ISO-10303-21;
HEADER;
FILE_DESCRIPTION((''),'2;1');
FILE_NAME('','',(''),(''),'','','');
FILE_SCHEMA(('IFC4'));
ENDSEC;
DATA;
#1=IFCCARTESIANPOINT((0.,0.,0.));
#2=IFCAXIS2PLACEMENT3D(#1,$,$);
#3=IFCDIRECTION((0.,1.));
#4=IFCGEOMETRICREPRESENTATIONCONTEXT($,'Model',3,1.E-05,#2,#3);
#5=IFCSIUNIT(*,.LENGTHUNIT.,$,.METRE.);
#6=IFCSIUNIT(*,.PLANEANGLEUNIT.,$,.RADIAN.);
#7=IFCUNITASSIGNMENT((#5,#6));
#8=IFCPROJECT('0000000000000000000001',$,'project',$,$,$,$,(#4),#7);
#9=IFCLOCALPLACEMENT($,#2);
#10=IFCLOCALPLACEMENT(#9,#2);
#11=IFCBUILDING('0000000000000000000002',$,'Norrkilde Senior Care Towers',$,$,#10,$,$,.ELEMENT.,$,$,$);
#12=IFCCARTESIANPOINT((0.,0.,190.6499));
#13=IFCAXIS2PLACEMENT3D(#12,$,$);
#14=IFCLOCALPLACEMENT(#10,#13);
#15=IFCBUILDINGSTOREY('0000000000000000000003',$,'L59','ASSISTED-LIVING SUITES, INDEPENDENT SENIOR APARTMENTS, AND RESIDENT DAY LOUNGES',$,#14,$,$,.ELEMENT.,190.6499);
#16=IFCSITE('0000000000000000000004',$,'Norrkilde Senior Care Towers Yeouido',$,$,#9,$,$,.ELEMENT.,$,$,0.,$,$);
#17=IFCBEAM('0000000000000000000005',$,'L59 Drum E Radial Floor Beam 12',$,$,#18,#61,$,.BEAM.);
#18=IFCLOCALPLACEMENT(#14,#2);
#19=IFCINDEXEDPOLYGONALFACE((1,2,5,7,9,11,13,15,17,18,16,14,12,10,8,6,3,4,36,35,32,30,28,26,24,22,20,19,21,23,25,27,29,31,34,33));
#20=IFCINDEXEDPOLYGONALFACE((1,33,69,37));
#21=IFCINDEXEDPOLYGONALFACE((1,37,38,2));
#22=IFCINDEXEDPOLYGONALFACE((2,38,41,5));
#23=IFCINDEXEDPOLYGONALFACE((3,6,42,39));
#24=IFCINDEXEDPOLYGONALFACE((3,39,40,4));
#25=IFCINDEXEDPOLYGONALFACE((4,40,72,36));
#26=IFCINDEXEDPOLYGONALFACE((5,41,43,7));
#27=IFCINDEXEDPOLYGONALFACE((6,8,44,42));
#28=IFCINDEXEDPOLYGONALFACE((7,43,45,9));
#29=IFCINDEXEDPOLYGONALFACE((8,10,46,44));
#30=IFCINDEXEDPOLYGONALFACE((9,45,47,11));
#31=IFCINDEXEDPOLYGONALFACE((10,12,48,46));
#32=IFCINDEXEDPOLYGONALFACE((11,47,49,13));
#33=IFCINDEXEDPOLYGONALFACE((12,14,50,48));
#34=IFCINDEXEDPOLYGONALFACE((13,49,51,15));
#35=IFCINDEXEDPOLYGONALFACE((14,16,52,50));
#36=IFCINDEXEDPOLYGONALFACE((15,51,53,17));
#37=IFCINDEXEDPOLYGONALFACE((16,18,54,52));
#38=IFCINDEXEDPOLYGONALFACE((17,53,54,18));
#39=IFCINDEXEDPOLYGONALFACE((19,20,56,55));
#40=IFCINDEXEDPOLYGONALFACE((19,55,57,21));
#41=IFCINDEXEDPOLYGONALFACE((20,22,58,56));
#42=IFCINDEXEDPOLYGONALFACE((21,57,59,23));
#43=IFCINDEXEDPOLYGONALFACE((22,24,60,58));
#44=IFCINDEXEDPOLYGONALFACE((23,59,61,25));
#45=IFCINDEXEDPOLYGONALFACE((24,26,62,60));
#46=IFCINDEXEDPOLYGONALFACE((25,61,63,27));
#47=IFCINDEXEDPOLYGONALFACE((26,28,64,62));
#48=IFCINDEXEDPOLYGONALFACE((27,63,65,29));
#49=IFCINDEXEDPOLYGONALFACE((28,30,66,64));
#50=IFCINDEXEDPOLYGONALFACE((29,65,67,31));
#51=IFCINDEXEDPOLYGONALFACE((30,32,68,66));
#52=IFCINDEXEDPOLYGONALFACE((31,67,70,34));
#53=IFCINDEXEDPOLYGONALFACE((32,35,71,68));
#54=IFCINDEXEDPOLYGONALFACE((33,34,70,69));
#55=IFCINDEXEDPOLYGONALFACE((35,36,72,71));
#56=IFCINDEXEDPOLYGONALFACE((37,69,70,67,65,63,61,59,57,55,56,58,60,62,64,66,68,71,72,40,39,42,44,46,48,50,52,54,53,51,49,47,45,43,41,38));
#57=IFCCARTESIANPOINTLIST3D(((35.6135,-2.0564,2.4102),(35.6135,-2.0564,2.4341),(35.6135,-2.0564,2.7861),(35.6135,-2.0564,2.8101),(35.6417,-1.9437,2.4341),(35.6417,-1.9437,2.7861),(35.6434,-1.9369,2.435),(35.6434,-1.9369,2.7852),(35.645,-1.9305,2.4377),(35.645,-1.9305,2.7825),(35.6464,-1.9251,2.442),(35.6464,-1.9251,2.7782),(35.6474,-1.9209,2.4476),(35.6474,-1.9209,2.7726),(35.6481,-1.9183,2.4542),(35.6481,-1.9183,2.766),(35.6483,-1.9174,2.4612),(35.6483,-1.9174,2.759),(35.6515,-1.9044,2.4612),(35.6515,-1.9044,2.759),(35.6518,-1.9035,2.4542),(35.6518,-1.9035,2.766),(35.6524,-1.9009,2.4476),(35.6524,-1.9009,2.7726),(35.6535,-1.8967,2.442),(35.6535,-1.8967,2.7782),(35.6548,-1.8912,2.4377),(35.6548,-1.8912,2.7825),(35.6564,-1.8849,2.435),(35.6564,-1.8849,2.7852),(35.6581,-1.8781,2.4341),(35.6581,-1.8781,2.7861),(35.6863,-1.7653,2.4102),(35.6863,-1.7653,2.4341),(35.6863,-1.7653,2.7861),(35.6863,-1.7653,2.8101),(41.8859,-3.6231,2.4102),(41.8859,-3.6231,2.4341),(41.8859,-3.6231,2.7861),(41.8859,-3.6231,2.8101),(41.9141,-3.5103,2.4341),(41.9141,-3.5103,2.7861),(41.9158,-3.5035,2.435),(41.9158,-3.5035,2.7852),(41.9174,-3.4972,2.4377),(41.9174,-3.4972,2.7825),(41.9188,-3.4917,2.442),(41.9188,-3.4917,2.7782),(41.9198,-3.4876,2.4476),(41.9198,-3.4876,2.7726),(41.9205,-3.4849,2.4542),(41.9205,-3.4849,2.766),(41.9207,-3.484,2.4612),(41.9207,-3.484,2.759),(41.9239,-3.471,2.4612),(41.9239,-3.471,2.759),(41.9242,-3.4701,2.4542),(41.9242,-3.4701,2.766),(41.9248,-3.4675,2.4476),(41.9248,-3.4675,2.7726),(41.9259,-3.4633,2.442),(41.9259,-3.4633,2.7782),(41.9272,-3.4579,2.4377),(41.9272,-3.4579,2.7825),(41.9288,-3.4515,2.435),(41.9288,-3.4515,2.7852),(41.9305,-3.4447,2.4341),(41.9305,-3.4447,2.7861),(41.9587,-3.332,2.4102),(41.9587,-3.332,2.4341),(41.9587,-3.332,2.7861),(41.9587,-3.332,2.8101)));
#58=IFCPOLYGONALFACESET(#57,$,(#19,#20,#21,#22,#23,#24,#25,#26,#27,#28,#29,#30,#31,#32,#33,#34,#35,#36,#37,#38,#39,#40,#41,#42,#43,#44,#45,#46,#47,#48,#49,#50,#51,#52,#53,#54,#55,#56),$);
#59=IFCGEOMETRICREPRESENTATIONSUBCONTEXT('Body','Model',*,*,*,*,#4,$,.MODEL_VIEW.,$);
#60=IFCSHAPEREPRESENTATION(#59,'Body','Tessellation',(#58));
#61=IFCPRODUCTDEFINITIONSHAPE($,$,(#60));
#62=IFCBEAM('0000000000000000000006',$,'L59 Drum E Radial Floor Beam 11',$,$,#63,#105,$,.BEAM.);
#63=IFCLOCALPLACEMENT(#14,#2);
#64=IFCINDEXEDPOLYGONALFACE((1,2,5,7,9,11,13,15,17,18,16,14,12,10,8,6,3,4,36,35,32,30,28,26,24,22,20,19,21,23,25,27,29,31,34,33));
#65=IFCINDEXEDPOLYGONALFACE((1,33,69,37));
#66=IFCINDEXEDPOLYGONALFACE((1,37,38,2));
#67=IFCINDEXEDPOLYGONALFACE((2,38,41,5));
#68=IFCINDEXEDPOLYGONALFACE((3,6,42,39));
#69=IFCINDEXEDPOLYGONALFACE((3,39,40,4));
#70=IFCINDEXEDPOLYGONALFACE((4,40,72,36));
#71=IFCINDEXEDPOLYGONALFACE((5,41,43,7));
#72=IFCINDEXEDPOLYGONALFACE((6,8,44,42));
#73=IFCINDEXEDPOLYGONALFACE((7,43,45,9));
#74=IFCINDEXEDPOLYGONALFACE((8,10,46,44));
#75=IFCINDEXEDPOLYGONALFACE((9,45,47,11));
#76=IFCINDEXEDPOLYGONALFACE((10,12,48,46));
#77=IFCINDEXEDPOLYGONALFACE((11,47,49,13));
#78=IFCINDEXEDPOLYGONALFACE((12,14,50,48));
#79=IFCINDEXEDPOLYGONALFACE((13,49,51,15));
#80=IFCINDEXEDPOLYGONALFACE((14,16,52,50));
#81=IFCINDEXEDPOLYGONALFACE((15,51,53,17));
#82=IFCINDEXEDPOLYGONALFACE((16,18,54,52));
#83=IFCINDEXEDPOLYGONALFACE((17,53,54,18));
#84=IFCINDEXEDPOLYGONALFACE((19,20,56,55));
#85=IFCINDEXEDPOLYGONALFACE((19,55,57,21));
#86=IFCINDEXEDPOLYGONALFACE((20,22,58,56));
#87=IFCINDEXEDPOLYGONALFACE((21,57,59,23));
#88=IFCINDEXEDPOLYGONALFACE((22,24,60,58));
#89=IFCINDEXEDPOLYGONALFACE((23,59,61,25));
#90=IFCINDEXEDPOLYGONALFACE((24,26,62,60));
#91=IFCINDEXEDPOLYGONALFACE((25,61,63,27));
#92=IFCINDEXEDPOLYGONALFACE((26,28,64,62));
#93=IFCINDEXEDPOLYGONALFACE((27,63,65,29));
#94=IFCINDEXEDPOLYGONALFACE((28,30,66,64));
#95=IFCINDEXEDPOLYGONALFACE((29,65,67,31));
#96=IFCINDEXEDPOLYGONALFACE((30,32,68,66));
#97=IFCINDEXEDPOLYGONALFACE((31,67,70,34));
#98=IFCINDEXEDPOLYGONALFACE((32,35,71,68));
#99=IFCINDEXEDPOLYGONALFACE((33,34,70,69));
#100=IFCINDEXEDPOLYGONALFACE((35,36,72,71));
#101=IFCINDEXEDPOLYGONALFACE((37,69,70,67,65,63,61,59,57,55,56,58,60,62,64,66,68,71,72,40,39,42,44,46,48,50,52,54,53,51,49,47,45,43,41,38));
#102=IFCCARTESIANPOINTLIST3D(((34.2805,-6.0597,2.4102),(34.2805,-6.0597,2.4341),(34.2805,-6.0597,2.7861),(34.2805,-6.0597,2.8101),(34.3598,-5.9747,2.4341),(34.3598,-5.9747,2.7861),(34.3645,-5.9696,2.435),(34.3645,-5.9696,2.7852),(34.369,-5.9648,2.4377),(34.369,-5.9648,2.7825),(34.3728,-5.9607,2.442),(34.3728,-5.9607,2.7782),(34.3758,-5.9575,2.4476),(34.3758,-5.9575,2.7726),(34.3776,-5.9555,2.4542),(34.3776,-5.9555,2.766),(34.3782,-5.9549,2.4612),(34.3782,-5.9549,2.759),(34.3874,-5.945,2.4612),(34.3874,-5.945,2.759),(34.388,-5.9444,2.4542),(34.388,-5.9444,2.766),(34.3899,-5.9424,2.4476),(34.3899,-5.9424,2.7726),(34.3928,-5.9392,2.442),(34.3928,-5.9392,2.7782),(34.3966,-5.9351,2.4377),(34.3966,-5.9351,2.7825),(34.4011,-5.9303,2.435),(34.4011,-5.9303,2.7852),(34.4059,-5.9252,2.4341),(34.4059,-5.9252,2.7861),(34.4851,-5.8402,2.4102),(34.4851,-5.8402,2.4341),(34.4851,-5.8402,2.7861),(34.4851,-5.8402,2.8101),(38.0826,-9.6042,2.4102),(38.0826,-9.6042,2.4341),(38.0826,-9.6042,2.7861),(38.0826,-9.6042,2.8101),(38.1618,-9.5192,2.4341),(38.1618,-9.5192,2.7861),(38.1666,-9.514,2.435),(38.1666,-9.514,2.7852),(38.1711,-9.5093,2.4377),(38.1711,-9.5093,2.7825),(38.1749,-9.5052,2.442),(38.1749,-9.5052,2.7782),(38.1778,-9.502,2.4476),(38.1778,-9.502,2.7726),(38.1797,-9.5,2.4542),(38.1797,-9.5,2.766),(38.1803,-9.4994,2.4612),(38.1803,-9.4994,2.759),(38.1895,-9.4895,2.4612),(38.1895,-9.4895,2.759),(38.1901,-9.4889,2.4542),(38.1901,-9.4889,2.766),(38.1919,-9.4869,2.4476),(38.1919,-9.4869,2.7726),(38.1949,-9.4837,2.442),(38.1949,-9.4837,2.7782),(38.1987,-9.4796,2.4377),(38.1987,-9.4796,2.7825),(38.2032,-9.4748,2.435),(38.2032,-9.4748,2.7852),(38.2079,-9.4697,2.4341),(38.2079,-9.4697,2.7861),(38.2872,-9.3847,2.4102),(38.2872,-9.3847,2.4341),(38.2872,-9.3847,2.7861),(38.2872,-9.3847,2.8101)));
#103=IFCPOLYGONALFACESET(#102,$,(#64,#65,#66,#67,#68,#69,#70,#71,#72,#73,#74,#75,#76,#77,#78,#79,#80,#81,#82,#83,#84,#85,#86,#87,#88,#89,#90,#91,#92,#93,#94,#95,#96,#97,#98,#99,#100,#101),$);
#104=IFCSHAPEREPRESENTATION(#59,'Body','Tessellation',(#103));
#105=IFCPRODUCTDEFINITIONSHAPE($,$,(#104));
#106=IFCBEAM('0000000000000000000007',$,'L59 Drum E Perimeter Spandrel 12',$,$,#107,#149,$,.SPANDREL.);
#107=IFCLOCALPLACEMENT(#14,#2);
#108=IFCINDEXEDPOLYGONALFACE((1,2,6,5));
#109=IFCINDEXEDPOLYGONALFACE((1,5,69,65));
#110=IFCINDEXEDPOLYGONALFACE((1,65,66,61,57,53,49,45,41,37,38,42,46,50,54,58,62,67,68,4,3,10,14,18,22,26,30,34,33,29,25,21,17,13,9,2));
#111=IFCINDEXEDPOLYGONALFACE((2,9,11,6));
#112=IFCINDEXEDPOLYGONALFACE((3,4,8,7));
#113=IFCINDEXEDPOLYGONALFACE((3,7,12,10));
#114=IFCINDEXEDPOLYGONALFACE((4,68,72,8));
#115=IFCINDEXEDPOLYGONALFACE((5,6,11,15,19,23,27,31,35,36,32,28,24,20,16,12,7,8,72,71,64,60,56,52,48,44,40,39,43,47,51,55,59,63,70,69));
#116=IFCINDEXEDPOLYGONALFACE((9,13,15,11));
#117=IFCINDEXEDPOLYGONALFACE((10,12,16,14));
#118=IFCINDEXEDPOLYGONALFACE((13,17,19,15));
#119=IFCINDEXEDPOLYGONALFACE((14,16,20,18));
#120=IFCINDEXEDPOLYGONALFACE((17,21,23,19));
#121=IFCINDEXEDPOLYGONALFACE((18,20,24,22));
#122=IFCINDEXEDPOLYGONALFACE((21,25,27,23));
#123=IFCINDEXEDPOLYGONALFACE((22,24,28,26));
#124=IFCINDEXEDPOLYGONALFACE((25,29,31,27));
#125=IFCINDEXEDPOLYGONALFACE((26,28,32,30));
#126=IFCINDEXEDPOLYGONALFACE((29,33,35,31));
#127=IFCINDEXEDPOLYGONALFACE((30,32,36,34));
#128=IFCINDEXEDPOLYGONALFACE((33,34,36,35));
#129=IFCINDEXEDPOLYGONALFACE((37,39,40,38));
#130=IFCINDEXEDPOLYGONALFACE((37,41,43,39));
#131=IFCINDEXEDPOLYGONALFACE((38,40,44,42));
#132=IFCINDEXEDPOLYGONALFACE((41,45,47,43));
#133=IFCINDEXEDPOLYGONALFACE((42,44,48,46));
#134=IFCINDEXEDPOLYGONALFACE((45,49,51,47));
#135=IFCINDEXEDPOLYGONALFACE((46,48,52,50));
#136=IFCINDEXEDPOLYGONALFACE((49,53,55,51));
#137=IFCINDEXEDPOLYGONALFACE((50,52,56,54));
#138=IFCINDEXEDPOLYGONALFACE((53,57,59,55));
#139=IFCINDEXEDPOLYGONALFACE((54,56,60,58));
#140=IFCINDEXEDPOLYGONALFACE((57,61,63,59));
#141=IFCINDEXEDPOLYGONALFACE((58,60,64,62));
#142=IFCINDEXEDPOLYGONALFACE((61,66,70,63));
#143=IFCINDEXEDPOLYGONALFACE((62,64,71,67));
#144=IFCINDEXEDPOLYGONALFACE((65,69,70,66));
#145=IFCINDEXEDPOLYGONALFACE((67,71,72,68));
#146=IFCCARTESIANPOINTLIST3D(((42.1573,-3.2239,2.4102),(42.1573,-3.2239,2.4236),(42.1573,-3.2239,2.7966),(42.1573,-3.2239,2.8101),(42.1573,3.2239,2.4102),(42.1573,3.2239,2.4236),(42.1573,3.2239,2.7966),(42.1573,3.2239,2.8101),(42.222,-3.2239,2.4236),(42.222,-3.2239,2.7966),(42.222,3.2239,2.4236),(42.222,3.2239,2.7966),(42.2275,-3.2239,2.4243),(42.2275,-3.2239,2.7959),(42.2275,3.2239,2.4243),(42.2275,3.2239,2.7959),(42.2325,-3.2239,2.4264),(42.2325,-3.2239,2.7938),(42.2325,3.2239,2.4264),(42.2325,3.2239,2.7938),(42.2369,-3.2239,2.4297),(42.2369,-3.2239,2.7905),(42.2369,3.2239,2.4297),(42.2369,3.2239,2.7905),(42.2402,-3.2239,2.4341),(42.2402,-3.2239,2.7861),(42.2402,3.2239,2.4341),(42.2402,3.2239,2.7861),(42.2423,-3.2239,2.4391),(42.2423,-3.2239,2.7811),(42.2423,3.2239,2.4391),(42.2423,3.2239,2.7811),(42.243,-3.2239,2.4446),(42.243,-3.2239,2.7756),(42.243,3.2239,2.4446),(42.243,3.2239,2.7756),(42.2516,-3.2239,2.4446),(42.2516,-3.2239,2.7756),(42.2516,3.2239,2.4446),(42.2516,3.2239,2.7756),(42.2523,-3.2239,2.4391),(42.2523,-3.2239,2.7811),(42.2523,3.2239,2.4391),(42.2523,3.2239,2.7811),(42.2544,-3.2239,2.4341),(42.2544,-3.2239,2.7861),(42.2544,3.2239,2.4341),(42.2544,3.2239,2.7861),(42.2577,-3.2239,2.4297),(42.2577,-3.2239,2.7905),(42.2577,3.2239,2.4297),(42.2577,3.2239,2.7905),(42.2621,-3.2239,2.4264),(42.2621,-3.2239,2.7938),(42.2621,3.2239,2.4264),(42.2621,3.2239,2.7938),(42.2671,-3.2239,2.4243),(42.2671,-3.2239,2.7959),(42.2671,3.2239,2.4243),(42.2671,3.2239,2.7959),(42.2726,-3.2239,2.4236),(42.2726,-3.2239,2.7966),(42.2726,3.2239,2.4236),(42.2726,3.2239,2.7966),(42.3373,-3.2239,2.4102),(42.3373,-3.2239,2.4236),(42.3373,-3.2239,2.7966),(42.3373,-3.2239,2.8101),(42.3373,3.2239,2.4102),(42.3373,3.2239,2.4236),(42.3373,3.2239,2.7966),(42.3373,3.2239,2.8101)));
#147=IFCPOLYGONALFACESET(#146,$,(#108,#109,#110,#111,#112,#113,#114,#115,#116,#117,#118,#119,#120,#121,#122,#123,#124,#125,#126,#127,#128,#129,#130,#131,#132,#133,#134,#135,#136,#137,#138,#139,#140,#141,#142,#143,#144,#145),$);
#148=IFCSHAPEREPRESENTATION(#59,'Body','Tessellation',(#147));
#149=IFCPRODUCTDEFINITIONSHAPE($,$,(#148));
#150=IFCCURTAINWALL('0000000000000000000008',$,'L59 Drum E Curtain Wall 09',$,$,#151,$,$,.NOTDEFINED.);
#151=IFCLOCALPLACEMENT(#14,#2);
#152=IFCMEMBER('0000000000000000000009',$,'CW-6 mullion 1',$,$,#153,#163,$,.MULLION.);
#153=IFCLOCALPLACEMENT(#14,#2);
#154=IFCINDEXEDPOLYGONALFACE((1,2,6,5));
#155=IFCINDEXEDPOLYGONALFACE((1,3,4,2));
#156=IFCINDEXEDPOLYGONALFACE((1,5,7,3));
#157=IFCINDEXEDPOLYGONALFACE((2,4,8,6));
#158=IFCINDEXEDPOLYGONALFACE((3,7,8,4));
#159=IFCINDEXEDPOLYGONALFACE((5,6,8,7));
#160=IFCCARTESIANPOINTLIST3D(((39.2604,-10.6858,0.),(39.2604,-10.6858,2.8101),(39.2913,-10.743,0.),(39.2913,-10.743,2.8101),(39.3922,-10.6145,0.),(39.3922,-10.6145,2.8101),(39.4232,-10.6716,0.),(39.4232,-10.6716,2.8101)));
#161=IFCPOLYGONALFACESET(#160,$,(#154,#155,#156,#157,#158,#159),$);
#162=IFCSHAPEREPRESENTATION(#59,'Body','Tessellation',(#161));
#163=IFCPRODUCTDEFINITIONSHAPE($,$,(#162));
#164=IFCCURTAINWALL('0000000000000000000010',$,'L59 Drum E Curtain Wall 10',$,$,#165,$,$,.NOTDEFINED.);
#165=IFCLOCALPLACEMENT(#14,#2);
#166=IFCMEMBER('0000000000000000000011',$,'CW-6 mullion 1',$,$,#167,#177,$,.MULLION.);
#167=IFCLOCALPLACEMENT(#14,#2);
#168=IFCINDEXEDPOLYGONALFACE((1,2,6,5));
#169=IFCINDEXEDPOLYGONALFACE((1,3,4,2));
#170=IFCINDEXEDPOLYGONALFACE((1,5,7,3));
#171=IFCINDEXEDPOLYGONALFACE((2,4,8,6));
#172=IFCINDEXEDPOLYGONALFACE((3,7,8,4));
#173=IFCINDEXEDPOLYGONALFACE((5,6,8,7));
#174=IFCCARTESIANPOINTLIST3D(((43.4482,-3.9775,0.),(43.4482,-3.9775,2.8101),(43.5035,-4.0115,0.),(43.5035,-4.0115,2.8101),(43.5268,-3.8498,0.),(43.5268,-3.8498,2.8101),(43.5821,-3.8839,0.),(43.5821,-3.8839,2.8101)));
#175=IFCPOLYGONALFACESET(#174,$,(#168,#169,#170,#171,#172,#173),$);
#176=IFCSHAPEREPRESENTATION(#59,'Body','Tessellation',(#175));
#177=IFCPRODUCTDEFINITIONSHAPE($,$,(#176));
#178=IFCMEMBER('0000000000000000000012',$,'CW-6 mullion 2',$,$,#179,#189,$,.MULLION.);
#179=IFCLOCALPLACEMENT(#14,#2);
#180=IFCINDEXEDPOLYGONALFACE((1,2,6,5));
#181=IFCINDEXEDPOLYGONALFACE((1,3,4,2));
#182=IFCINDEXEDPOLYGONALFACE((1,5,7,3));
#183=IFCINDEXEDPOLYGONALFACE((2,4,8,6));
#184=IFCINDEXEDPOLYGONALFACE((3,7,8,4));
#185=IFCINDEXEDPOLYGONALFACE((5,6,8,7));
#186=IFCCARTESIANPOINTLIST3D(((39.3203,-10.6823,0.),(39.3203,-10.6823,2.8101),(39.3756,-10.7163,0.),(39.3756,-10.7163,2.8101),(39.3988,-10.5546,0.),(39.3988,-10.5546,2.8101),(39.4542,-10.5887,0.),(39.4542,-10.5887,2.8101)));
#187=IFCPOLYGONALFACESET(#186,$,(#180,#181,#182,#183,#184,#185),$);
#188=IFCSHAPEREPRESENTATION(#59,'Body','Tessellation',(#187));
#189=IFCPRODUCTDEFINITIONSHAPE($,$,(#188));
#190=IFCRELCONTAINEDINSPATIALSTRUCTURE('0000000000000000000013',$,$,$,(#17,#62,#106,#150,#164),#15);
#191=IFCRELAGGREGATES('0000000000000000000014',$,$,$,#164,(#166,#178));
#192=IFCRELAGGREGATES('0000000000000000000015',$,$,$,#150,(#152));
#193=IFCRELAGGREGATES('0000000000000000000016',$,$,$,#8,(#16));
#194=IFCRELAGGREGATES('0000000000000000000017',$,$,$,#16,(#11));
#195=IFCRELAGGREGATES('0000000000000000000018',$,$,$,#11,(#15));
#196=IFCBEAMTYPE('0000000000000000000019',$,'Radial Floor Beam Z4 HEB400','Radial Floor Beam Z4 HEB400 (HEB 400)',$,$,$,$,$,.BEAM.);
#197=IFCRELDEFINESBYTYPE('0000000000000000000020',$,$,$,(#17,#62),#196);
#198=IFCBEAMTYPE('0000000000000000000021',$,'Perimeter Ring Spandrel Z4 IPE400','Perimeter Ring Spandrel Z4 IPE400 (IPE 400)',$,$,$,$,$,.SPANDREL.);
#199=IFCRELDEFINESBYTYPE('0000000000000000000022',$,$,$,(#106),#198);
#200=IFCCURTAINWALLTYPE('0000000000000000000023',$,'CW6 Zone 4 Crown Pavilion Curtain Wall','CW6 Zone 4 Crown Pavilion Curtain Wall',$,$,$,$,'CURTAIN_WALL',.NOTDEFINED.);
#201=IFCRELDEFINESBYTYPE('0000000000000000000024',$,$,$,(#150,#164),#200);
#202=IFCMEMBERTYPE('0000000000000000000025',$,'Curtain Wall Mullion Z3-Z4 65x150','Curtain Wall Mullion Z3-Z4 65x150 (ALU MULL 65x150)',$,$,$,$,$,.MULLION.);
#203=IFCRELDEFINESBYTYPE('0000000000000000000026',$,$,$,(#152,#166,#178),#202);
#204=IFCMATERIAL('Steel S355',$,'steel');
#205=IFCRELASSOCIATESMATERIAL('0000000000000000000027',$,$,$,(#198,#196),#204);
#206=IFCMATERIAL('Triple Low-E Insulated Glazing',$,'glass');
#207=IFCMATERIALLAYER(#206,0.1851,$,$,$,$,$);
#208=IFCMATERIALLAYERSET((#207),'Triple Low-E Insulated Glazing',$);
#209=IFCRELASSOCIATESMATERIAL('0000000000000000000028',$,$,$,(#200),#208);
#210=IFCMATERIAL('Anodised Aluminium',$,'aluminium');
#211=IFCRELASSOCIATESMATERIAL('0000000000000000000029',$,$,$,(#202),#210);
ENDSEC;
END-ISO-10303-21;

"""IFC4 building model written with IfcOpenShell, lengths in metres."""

from ifc_helpers import new_model, si_unit, direction, frame, origin, origin_2d, place, context, subcontext, project, spatial, rectangle, i_section, extrude, source, transform, mapped, material, layer, layer_set, material_profile, profile_set, type_object, type_shapes, element, aggregate, save


model = new_model("IFC4")

# Units and contexts
model_context = context("Model", 3, precision=1e-05, world=origin(), true_north=direction((0.0, 1.0)))
body_context = subcontext(model_context, "Body", "Model", "MODEL_VIEW")
ifc_project = project(units=[si_unit("LENGTHUNIT", "METRE"), si_unit("PLANEANGLEUNIT", "RADIAN")], contexts=[model_context])

# Site, building, storey
site_placement = place(None, origin())
site = spatial("IfcSite", under=ifc_project, at=site_placement, Name="Norrkilde Senior Care Towers Yeouido", CompositionType="ELEMENT", RefElevation=0.0)
building_placement = place(site_placement, origin())
building = spatial("IfcBuilding", under=site, at=building_placement, Name="Norrkilde Senior Care Towers", CompositionType="ELEMENT")
storey_placement = place(building_placement, frame((0.0, 0.0, 190.6499)))
storey = spatial("IfcBuildingStorey", under=building, at=storey_placement, Name="L59", Description="ASSISTED-LIVING SUITES, INDEPENDENT SENIOR APARTMENTS, AND RESIDENT DAY LOUNGES", CompositionType="ELEMENT", Elevation=190.6499)

# Beams
ifc_material_1 = material(Name="Steel S355", Category="steel")
ifc_material_profile_1 = material_profile(ifc_material_1, i_section(OverallWidth=0.1799, OverallDepth=0.3999, WebThickness=0.0085, FlangeThickness=0.0134, FilletRadius=0.021, at=origin_2d()), Name="IPE 400")
ifc_profile_set_1 = profile_set([ifc_material_profile_1], Name="Steel S355")
beam_type_1 = type_object("IfcBeamType", Name="Perimeter Ring Spandrel Z4 IPE400", Description="Perimeter Ring Spandrel Z4 IPE400 (IPE 400)", PredefinedType="SPANDREL", material=ifc_profile_set_1)
ifc_material_profile_2 = material_profile(ifc_material_1, i_section(OverallWidth=0.3, OverallDepth=0.3999, WebThickness=0.0134, FlangeThickness=0.0239, FilletRadius=0.0271, at=origin_2d()), Name="HEB 400")
ifc_profile_set_2 = profile_set([ifc_material_profile_2], Name="Steel S355")
beam_type_2 = type_object("IfcBeamType", Name="Radial Floor Beam Z4 HEB400", Description="Radial Floor Beam Z4 HEB400 (HEB 400)", PredefinedType="BEAM", material=ifc_profile_set_2)
shared_shape_1 = source(origin(), body_context, "Body", "SweptSolid", [
    extrude(i_section(OverallWidth=0.3, OverallDepth=0.3999, WebThickness=0.0134, FlangeThickness=0.0239, FilletRadius=0.0271, at=origin_2d()), origin(), (0.0, 0.0, 1.0), 6.4651),
])
beam_1_placement = place(storey_placement, frame((35.6499, -1.9109, 2.6101), z_axis=(0.970196, -0.242322, 0.0), x_axis=(0.242322, 0.970196, 0.0)))
element("IfcBeam", 1, at=beam_1_placement, inside=storey, type_object=beam_type_2, Name="L59 Drum E Radial Floor Beam 12", PredefinedType="BEAM", context=body_context, shape_type="MappedRepresentation", body=[
    mapped(shared_shape_1, transform((0.0, 0.0, 0.0), x_axis=(1.0, 0.0, 0.0), y_axis=(0.0, 1.0, 0.0), z_axis=(0.0, 0.0, 1.0), scale=1.0)),
])
shared_shape_2 = source(origin(), body_context, "Body", "SweptSolid", [
    extrude(i_section(OverallWidth=0.3, OverallDepth=0.3999, WebThickness=0.0134, FlangeThickness=0.0239, FilletRadius=0.0271, at=origin_2d()), origin(), (0.0, 0.0, 1.0), 5.198),
])
type_shapes(beam_type_2, [shared_shape_1, shared_shape_2])
beam_2_placement = place(storey_placement, frame((34.3828, -5.95, 2.6101), z_axis=(0.731449, -0.681896, 0.0), x_axis=(0.681896, 0.731449, 0.0)))
element("IfcBeam", 2, at=beam_2_placement, inside=storey, type_object=beam_type_2, Name="L59 Drum E Radial Floor Beam 11", PredefinedType="BEAM", context=body_context, shape_type="MappedRepresentation", body=[
    mapped(shared_shape_2, transform((0.0, 0.0, 0.0), x_axis=(1.0, 0.0, 0.0), y_axis=(0.0, 1.0, 0.0), z_axis=(0.0, 0.0, 1.0), scale=1.0)),
])
shared_shape_3 = source(origin(), body_context, "Body", "SweptSolid", [
    extrude(i_section(OverallWidth=0.1799, OverallDepth=0.3999, WebThickness=0.0085, FlangeThickness=0.0134, FilletRadius=0.021, at=origin_2d()), origin(), (0.0, 0.0, 1.0), 6.4478),
])
beam_3_placement = place(storey_placement, frame((42.2473, -3.2239, 2.6101), z_axis=(0.0, 1.0, 0.0), x_axis=(-1.0, 0.0, 0.0)))
element("IfcBeam", 3, at=beam_3_placement, inside=storey, type_object=beam_type_1, Name="L59 Drum E Perimeter Spandrel 12", PredefinedType="SPANDREL", context=body_context, shape_type="MappedRepresentation", body=[
    mapped(shared_shape_3, transform((0.0, 0.0, 0.0), x_axis=(1.0, 0.0, 0.0), y_axis=(0.0, 1.0, 0.0), z_axis=(0.0, 0.0, 1.0), scale=1.0)),
])

# Curtain wall, member
ifc_material_2 = material(Name="Triple Low-E Insulated Glazing", Category="glass")
ifc_layer_1 = layer(ifc_material_2, 0.1851)
ifc_layer_set_1 = layer_set([ifc_layer_1], Name="Triple Low-E Insulated Glazing")
curtain_wall_type = type_object("IfcCurtainWallType", Name="CW6 Zone 4 Crown Pavilion Curtain Wall", Description="CW6 Zone 4 Crown Pavilion Curtain Wall", ElementType="CURTAIN_WALL", PredefinedType="NOTDEFINED", material=ifc_layer_set_1)
curtain_wall_1_placement = place(storey_placement, origin())
curtain_wall_1 = element("IfcCurtainWall", 4, at=curtain_wall_1_placement, inside=storey, type_object=curtain_wall_type, Name="L59 Drum E Curtain Wall 09", PredefinedType="NOTDEFINED")
ifc_material_3 = material(Name="Anodised Aluminium", Category="aluminium")
ifc_material_profile_3 = material_profile(ifc_material_3, rectangle(XDim=0.0649, YDim=0.1499, at=origin_2d()), Name="ALU MULL 65x150")
ifc_profile_set_3 = profile_set([ifc_material_profile_3], Name="Anodised Aluminium")
member_type_1 = type_object("IfcMemberType", Name="Curtain Wall Mullion Z3-Z4 65x150", Description="Curtain Wall Mullion Z3-Z4 65x150 (ALU MULL 65x150)", PredefinedType="MULLION", material=ifc_profile_set_3)
shared_shape_4 = source(origin(), body_context, "Body", "SweptSolid", [
    extrude(rectangle(XDim=0.0649, YDim=0.1499, at=origin_2d()), origin(), (0.0, 0.0, 1.0), 2.8101),
])
type_shapes(member_type_1, [shared_shape_4])
member_1_placement = place(storey_placement, frame((39.3418, -10.6787, 0.0), z_axis=(0.0, 0.0, 1.0), x_axis=(0.476133, -0.879373, 0.0)))
member_1 = element("IfcMember", 5, at=member_1_placement, type_object=member_type_1, Name="CW-6 mullion 1", PredefinedType="MULLION", context=body_context, shape_type="MappedRepresentation", body=[
    mapped(shared_shape_4, transform((0.0, 0.0, 0.0), x_axis=(1.0, 0.0, 0.0), y_axis=(0.0, 1.0, 0.0), z_axis=(0.0, 0.0, 1.0), scale=1.0)),
])

# Curtain wall, members
curtain_wall_2_placement = place(storey_placement, origin())
curtain_wall_2 = element("IfcCurtainWall", 6, at=curtain_wall_2_placement, inside=storey, type_object=curtain_wall_type, Name="L59 Drum E Curtain Wall 10", PredefinedType="NOTDEFINED")
member_2_placement = place(storey_placement, frame((43.5151, -3.9307, 0.0), z_axis=(0.0, 0.0, 1.0), x_axis=(0.851563, -0.524253, 0.0)))
member_2 = element("IfcMember", 7, at=member_2_placement, type_object=member_type_1, Name="CW-6 mullion 1", PredefinedType="MULLION", context=body_context, shape_type="MappedRepresentation", body=[
    mapped(shared_shape_4, transform((0.0, 0.0, 0.0), x_axis=(1.0, 0.0, 0.0), y_axis=(0.0, 1.0, 0.0), z_axis=(0.0, 0.0, 1.0), scale=1.0)),
])
member_3_placement = place(storey_placement, frame((39.3872, -10.6355, 0.0), z_axis=(0.0, 0.0, 1.0), x_axis=(0.851563, -0.524253, 0.0)))
member_3 = element("IfcMember", 8, at=member_3_placement, type_object=member_type_1, Name="CW-6 mullion 2", PredefinedType="MULLION", context=body_context, shape_type="MappedRepresentation", body=[
    mapped(shared_shape_4, transform((0.0, 0.0, 0.0), x_axis=(1.0, 0.0, 0.0), y_axis=(0.0, 1.0, 0.0), z_axis=(0.0, 0.0, 1.0), scale=1.0)),
])

aggregate(curtain_wall_2, [member_2, member_3])
aggregate(curtain_wall_1, [member_1])

save(model, "model.ifc")
